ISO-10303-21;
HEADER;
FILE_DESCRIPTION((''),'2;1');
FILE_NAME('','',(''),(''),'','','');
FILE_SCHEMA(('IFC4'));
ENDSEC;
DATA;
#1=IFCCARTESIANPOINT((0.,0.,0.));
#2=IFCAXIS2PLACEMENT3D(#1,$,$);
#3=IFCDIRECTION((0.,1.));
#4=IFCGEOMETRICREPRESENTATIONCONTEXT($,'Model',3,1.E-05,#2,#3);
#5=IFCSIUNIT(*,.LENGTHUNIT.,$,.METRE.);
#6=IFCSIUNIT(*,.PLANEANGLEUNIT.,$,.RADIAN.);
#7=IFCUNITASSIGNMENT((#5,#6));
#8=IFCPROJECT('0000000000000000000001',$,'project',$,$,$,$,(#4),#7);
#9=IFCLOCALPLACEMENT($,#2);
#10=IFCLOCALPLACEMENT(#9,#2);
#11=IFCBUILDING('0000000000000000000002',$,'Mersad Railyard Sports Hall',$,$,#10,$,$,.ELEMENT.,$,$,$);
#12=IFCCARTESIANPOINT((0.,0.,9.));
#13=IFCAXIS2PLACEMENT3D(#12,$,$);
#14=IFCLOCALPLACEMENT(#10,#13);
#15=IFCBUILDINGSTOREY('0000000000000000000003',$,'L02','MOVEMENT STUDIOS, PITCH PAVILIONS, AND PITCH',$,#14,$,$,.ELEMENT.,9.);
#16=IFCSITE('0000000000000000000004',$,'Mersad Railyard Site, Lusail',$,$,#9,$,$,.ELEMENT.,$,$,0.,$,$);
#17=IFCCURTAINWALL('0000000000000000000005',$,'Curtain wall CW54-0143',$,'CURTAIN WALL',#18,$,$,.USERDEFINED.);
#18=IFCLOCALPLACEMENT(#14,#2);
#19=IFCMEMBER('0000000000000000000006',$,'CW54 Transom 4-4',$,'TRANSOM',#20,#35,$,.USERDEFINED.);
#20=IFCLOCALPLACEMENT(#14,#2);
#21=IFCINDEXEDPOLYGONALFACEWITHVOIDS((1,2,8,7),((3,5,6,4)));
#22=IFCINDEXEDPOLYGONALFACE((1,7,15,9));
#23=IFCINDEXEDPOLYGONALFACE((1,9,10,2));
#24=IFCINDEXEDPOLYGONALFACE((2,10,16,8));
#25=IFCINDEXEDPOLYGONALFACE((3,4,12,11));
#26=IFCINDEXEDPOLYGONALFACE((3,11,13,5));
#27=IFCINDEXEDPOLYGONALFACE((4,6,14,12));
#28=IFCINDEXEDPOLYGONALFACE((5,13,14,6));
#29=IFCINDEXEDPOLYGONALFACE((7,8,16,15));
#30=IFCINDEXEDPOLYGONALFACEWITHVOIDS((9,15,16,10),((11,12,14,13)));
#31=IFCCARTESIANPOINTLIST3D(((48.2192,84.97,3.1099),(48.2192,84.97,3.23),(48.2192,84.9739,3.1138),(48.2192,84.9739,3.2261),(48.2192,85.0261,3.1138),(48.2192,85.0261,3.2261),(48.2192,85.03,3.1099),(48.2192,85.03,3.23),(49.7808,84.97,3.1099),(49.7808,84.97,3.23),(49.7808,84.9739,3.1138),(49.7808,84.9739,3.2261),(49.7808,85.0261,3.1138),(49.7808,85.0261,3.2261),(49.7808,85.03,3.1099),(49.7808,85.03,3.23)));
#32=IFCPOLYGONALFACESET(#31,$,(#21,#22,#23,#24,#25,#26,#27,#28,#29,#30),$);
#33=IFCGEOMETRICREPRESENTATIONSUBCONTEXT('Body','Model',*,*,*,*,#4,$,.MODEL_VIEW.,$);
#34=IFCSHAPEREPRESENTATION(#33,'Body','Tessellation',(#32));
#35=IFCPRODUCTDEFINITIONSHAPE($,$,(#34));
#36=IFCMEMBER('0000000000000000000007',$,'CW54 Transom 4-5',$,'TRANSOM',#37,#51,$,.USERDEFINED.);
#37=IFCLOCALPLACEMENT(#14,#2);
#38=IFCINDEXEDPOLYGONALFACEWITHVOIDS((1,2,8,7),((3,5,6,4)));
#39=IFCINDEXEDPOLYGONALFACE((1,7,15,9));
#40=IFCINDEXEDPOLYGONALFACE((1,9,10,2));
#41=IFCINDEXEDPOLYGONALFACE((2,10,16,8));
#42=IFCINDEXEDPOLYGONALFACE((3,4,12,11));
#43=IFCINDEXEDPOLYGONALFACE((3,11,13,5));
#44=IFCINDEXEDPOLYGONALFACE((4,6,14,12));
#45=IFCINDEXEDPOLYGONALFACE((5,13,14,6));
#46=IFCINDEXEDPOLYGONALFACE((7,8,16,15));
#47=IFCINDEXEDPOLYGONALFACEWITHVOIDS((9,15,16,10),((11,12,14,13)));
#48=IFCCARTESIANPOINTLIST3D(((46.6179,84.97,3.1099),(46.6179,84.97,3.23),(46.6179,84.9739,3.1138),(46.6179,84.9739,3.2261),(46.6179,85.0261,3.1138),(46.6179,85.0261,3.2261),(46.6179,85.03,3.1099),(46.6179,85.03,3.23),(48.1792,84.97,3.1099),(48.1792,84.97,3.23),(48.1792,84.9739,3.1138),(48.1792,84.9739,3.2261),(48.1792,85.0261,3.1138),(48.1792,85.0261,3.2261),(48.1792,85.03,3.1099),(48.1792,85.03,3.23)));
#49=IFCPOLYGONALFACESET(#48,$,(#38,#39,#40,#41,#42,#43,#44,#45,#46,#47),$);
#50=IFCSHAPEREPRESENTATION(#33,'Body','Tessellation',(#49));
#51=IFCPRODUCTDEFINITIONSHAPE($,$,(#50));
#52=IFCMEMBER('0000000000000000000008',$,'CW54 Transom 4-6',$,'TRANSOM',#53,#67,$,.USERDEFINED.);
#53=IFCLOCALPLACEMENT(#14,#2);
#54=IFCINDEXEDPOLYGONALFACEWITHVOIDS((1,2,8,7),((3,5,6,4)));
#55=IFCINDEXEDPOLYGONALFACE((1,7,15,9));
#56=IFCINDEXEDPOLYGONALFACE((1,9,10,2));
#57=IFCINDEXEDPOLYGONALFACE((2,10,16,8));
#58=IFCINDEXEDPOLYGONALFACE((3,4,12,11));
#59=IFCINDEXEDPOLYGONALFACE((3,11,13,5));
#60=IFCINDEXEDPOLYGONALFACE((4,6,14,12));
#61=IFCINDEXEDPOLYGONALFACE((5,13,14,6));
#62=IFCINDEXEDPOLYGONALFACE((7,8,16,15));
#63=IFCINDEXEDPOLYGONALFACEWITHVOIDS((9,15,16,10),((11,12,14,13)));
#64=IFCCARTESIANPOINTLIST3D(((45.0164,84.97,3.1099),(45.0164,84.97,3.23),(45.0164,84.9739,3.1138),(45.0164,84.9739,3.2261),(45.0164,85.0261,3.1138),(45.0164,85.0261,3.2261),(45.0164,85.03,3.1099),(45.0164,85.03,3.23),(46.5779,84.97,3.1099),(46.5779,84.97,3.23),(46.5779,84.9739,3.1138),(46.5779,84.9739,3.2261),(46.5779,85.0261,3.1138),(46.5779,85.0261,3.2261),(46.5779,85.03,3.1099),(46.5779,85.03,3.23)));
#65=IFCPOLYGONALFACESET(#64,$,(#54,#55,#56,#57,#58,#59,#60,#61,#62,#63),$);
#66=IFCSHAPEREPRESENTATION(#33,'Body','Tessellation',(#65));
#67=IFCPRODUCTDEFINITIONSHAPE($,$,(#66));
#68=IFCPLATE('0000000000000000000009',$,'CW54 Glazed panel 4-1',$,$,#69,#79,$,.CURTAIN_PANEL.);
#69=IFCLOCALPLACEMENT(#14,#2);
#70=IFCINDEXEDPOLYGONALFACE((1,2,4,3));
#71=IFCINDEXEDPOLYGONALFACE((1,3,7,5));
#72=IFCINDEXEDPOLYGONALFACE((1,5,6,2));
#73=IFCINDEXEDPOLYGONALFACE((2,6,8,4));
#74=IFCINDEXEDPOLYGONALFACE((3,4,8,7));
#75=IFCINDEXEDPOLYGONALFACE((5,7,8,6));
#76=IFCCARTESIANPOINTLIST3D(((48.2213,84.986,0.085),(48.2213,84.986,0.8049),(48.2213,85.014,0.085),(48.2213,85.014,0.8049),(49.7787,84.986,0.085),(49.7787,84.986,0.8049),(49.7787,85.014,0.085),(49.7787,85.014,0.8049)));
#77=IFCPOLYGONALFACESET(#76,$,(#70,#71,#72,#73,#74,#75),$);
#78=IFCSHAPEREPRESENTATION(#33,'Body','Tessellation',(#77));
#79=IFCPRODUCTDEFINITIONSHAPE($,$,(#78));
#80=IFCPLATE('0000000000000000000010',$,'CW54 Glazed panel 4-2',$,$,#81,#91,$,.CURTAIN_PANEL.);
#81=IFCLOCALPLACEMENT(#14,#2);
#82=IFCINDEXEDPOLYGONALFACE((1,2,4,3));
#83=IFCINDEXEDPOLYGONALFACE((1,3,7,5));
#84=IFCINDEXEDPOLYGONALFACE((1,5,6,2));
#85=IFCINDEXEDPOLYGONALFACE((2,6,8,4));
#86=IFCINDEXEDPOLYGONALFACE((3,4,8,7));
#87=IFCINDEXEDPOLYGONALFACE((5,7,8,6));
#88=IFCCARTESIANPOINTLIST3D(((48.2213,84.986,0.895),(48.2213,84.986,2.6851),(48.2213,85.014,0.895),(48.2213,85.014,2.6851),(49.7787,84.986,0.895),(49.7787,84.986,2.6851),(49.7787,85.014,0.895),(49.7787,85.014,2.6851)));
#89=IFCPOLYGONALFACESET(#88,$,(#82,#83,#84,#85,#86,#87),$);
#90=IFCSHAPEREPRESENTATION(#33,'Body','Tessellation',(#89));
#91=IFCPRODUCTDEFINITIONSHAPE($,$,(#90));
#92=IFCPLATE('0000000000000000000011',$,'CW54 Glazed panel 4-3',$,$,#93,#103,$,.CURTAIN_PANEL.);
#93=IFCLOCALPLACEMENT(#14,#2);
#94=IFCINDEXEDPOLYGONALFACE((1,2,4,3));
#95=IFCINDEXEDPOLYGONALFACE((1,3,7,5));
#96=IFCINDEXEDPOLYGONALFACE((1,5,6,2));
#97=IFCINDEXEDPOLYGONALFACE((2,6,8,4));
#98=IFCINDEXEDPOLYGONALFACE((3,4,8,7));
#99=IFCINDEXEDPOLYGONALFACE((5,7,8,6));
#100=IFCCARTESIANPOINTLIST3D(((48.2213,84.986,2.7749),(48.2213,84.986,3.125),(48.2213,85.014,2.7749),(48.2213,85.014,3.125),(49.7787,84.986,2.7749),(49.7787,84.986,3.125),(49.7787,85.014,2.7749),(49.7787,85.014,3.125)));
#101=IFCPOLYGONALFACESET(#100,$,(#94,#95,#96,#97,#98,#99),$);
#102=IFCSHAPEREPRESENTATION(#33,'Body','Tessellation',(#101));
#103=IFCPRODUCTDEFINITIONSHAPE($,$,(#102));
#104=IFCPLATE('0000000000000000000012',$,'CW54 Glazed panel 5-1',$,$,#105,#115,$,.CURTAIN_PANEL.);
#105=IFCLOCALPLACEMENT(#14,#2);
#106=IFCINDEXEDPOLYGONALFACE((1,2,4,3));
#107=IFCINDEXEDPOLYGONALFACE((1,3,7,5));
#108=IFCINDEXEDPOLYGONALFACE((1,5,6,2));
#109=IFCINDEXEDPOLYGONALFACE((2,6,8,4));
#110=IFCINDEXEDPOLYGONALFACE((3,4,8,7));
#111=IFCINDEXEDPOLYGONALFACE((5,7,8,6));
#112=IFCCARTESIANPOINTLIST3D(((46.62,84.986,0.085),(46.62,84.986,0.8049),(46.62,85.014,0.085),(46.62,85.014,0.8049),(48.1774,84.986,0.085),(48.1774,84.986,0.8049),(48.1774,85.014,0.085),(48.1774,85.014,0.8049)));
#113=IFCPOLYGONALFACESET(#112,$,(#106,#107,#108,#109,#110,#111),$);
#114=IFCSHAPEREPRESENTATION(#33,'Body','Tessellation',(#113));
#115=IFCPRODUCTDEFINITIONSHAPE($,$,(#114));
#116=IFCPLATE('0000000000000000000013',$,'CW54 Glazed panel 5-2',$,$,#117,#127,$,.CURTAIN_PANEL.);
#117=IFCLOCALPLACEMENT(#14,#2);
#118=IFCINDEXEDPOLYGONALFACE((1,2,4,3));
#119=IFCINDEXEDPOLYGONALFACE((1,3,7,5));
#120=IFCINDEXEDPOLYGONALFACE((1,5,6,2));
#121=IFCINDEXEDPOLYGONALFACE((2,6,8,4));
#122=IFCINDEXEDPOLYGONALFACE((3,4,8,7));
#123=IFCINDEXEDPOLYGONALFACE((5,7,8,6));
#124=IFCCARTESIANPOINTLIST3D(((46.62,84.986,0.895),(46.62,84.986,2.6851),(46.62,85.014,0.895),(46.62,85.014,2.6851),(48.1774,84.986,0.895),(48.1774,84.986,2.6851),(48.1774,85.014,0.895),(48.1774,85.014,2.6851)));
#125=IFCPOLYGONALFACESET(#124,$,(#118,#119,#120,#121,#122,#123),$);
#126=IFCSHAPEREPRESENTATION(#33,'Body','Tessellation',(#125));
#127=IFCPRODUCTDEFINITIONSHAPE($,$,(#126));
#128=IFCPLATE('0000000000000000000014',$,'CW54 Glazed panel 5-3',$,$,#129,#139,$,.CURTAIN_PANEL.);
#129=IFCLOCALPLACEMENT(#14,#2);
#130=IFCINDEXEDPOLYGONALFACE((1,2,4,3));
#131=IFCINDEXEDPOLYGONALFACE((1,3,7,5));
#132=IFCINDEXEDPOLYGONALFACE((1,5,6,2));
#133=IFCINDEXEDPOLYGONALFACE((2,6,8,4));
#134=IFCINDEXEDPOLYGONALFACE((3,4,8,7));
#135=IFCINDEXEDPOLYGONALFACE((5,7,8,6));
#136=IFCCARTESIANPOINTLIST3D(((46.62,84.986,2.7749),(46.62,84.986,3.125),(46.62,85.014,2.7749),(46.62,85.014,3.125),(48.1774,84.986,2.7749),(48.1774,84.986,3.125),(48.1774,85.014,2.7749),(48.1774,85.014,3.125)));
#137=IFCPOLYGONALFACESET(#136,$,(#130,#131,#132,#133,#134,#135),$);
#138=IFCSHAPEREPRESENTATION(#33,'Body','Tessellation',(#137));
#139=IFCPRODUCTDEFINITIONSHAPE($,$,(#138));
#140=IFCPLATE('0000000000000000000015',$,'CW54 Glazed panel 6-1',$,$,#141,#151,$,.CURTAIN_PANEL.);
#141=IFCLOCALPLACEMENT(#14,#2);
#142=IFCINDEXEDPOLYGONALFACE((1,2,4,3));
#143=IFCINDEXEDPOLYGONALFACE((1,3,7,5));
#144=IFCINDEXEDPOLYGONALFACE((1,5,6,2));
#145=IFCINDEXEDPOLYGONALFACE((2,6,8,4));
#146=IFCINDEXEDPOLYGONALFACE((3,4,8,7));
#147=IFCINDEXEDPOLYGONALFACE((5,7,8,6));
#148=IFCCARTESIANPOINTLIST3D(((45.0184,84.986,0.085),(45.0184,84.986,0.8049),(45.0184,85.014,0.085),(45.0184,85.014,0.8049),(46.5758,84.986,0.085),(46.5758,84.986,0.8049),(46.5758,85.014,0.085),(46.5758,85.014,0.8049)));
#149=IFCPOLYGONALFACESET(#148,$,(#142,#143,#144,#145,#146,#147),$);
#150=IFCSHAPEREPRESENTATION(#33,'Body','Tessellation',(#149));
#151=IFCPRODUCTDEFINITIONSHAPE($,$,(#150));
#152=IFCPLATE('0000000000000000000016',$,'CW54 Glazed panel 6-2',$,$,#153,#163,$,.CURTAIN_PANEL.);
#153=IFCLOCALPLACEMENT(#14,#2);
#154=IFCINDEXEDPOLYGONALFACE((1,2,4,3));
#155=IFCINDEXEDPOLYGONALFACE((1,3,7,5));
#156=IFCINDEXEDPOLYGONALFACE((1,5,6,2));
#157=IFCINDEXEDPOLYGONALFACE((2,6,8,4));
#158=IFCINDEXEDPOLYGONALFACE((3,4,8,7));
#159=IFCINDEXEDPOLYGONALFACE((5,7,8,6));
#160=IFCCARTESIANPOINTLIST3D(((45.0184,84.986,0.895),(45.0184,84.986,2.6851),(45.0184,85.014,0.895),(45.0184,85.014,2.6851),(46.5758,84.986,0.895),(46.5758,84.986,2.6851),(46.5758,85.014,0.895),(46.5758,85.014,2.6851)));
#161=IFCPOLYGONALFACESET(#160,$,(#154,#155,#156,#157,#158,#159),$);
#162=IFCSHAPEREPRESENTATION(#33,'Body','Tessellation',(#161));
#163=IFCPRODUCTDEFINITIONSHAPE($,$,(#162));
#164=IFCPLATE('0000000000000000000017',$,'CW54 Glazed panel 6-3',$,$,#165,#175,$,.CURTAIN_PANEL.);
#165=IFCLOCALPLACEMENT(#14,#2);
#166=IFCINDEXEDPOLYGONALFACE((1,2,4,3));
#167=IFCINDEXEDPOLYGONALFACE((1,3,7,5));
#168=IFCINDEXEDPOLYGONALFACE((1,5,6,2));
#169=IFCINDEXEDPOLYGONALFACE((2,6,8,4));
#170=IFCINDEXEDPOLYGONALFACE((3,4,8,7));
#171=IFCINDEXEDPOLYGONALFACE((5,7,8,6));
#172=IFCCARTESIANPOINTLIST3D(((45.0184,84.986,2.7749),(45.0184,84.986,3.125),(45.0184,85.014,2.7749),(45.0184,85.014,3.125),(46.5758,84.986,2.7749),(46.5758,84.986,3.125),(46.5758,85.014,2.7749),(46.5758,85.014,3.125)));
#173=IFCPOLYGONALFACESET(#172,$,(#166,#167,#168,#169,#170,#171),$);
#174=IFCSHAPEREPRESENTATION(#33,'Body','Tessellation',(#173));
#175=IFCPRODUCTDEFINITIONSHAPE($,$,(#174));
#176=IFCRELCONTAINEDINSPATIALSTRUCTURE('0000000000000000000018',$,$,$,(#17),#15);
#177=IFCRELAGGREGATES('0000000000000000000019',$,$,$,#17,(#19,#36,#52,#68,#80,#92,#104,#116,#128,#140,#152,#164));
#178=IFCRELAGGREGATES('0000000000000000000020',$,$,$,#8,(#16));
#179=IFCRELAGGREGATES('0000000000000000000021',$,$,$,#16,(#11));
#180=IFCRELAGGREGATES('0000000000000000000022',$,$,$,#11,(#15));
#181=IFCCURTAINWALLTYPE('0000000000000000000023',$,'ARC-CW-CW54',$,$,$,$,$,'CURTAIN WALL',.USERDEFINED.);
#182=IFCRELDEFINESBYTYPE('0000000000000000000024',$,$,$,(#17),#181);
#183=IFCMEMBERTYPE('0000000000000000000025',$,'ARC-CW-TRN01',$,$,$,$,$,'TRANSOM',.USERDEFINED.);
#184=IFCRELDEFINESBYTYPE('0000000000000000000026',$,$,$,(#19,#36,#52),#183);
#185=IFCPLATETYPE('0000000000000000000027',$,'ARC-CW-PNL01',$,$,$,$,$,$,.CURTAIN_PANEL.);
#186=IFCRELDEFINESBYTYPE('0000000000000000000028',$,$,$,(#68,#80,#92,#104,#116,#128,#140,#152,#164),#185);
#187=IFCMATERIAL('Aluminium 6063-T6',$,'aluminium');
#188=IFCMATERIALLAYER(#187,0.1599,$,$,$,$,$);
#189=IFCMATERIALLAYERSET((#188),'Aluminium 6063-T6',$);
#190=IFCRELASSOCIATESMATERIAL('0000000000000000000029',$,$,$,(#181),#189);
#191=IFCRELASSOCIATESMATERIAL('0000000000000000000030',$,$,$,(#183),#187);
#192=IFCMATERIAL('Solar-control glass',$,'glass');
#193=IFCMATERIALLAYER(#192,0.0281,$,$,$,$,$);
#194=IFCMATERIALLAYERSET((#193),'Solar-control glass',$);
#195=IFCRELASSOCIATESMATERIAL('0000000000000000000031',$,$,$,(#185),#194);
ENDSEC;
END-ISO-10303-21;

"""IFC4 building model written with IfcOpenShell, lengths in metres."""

from ifc_helpers import new_model, si_unit, direction, frame, origin, origin_2d, place, context, subcontext, project, spatial, rectangle, hollow_rectangle, extrude, material, layer, layer_set, material_profile, profile_set, type_object, element, aggregate, save


model = new_model("IFC4")

# Units and contexts
model_context = context("Model", 3, precision=1e-05, world=origin(), true_north=direction((0.0, 1.0)))
body_context = subcontext(model_context, "Body", "Model", "MODEL_VIEW")
ifc_project = project(units=[si_unit("LENGTHUNIT", "METRE"), si_unit("PLANEANGLEUNIT", "RADIAN")], contexts=[model_context])

# Site, building, storey
site_placement = place(None, origin())
site = spatial("IfcSite", under=ifc_project, at=site_placement, Name="Mersad Railyard Site, Lusail", CompositionType="ELEMENT", RefElevation=0.0)
building_placement = place(site_placement, origin())
building = spatial("IfcBuilding", under=site, at=building_placement, Name="Mersad Railyard Sports Hall", CompositionType="ELEMENT")
storey_placement = place(building_placement, frame((0.0, 0.0, 9.0)))
storey = spatial("IfcBuildingStorey", under=building, at=storey_placement, Name="L02", Description="MOVEMENT STUDIOS, PITCH PAVILIONS, AND PITCH", CompositionType="ELEMENT", Elevation=9.0)

# Curtain wall, members, plates
ifc_material_1 = material(Name="Aluminium 6063-T6", Category="aluminium")
ifc_layer_1 = layer(ifc_material_1, 0.1599)
ifc_layer_set_1 = layer_set([ifc_layer_1], Name="Aluminium 6063-T6")
curtain_wall_type = type_object("IfcCurtainWallType", Name="ARC-CW-CW54", ElementType="CURTAIN WALL", PredefinedType="USERDEFINED", material=ifc_layer_set_1)
curtain_wall_placement = place(storey_placement, origin())
curtain_wall = element("IfcCurtainWall", 1, at=curtain_wall_placement, inside=storey, type_object=curtain_wall_type, Name="Curtain wall CW54-0143", ObjectType="CURTAIN WALL", PredefinedType="USERDEFINED")
ifc_material_profile_1 = material_profile(ifc_material_1, hollow_rectangle(XDim=0.0601, YDim=0.1201, WallThickness=0.0039, at=origin_2d()), Name="AL TRANSOM 60x120x4")
ifc_profile_set_1 = profile_set([ifc_material_profile_1], Name="Aluminium 6063-T6")
member_type_1 = type_object("IfcMemberType", Name="ARC-CW-TRN01", ElementType="TRANSOM", PredefinedType="USERDEFINED", material=ifc_profile_set_1)
member_1_placement = place(storey_placement, frame((49.7808, 85.0, 3.1699), z_axis=(-1.0, 0.0, 0.0), x_axis=(0.0, -1.0, 0.0)))
member_1 = element("IfcMember", 2, at=member_1_placement, type_object=member_type_1, Name="CW54 Transom 4-4", ObjectType="TRANSOM", PredefinedType="USERDEFINED", context=body_context, shape_type="SweptSolid", body=[
    extrude(hollow_rectangle(XDim=0.0601, YDim=0.1201, WallThickness=0.0039, at=origin_2d()), origin(), (0.0, 0.0, 1.0), 1.5615),
])
member_2_placement = place(storey_placement, frame((48.1792, 85.0, 3.1699), z_axis=(-1.0, 0.0, 0.0), x_axis=(0.0, -1.0, 0.0)))
member_2 = element("IfcMember", 3, at=member_2_placement, type_object=member_type_1, Name="CW54 Transom 4-5", ObjectType="TRANSOM", PredefinedType="USERDEFINED", context=body_context, shape_type="SweptSolid", body=[
    extrude(hollow_rectangle(XDim=0.0601, YDim=0.1201, WallThickness=0.0039, at=origin_2d()), origin(), (0.0, 0.0, 1.0), 1.5613),
])
member_3_placement = place(storey_placement, frame((46.5779, 85.0, 3.1699), z_axis=(-1.0, 0.0, 0.0), x_axis=(0.0, -1.0, 0.0)))
member_3 = element("IfcMember", 4, at=member_3_placement, type_object=member_type_1, Name="CW54 Transom 4-6", ObjectType="TRANSOM", PredefinedType="USERDEFINED", context=body_context, shape_type="SweptSolid", body=[
    extrude(hollow_rectangle(XDim=0.0601, YDim=0.1201, WallThickness=0.0039, at=origin_2d()), origin(), (0.0, 0.0, 1.0), 1.5615),
])
ifc_material_2 = material(Name="Solar-control glass", Category="glass")
ifc_layer_2 = layer(ifc_material_2, 0.0281)
ifc_layer_set_2 = layer_set([ifc_layer_2], Name="Solar-control glass")
plate_type = type_object("IfcPlateType", Name="ARC-CW-PNL01", PredefinedType="CURTAIN_PANEL", material=ifc_layer_set_2)
plate_1_placement = place(storey_placement, frame((49.0, 85.0, 0.085), z_axis=(0.0, 0.0, 1.0), x_axis=(-1.0, 0.0, 0.0)))
plate_1 = element("IfcPlate", 5, at=plate_1_placement, type_object=plate_type, Name="CW54 Glazed panel 4-1", PredefinedType="CURTAIN_PANEL", context=body_context, shape_type="SweptSolid", body=[
    extrude(rectangle(XDim=1.5574, YDim=0.0281, at=origin_2d()), origin(), (0.0, 0.0, 1.0), 0.72),
])
plate_2_placement = place(storey_placement, frame((49.0, 85.0, 0.895), z_axis=(0.0, 0.0, 1.0), x_axis=(-1.0, 0.0, 0.0)))
plate_2 = element("IfcPlate", 6, at=plate_2_placement, type_object=plate_type, Name="CW54 Glazed panel 4-2", PredefinedType="CURTAIN_PANEL", context=body_context, shape_type="SweptSolid", body=[
    extrude(rectangle(XDim=1.5574, YDim=0.0281, at=origin_2d()), origin(), (0.0, 0.0, 1.0), 1.79),
])
plate_3_placement = place(storey_placement, frame((49.0, 85.0, 2.7749), z_axis=(0.0, 0.0, 1.0), x_axis=(-1.0, 0.0, 0.0)))
plate_3 = element("IfcPlate", 7, at=plate_3_placement, type_object=plate_type, Name="CW54 Glazed panel 4-3", PredefinedType="CURTAIN_PANEL", context=body_context, shape_type="SweptSolid", body=[
    extrude(rectangle(XDim=1.5574, YDim=0.0281, at=origin_2d()), origin(), (0.0, 0.0, 1.0), 0.3501),
])
plate_4_placement = place(storey_placement, frame((47.3987, 85.0, 0.085), z_axis=(0.0, 0.0, 1.0), x_axis=(-1.0, 0.0, 0.0)))
plate_4 = element("IfcPlate", 8, at=plate_4_placement, type_object=plate_type, Name="CW54 Glazed panel 5-1", PredefinedType="CURTAIN_PANEL", context=body_context, shape_type="SweptSolid", body=[
    extrude(rectangle(XDim=1.5574, YDim=0.0281, at=origin_2d()), origin(), (0.0, 0.0, 1.0), 0.72),
])
plate_5_placement = place(storey_placement, frame((47.3987, 85.0, 0.895), z_axis=(0.0, 0.0, 1.0), x_axis=(-1.0, 0.0, 0.0)))
plate_5 = element("IfcPlate", 9, at=plate_5_placement, type_object=plate_type, Name="CW54 Glazed panel 5-2", PredefinedType="CURTAIN_PANEL", context=body_context, shape_type="SweptSolid", body=[
    extrude(rectangle(XDim=1.5574, YDim=0.0281, at=origin_2d()), origin(), (0.0, 0.0, 1.0), 1.79),
])
plate_6_placement = place(storey_placement, frame((47.3987, 85.0, 2.7749), z_axis=(0.0, 0.0, 1.0), x_axis=(-1.0, 0.0, 0.0)))
plate_6 = element("IfcPlate", 10, at=plate_6_placement, type_object=plate_type, Name="CW54 Glazed panel 5-3", PredefinedType="CURTAIN_PANEL", context=body_context, shape_type="SweptSolid", body=[
    extrude(rectangle(XDim=1.5574, YDim=0.0281, at=origin_2d()), origin(), (0.0, 0.0, 1.0), 0.3501),
])
plate_7_placement = place(storey_placement, frame((45.7971, 85.0, 0.085), z_axis=(0.0, 0.0, 1.0), x_axis=(-1.0, 0.0, 0.0)))
plate_7 = element("IfcPlate", 11, at=plate_7_placement, type_object=plate_type, Name="CW54 Glazed panel 6-1", PredefinedType="CURTAIN_PANEL", context=body_context, shape_type="SweptSolid", body=[
    extrude(rectangle(XDim=1.5574, YDim=0.0281, at=origin_2d()), origin(), (0.0, 0.0, 1.0), 0.72),
])
plate_8_placement = place(storey_placement, frame((45.7971, 85.0, 0.895), z_axis=(0.0, 0.0, 1.0), x_axis=(-1.0, 0.0, 0.0)))
plate_8 = element("IfcPlate", 12, at=plate_8_placement, type_object=plate_type, Name="CW54 Glazed panel 6-2", PredefinedType="CURTAIN_PANEL", context=body_context, shape_type="SweptSolid", body=[
    extrude(rectangle(XDim=1.5574, YDim=0.0281, at=origin_2d()), origin(), (0.0, 0.0, 1.0), 1.79),
])
plate_9_placement = place(storey_placement, frame((45.7971, 85.0, 2.7749), z_axis=(0.0, 0.0, 1.0), x_axis=(-1.0, 0.0, 0.0)))
plate_9 = element("IfcPlate", 13, at=plate_9_placement, type_object=plate_type, Name="CW54 Glazed panel 6-3", PredefinedType="CURTAIN_PANEL", context=body_context, shape_type="SweptSolid", body=[
    extrude(rectangle(XDim=1.5574, YDim=0.0281, at=origin_2d()), origin(), (0.0, 0.0, 1.0), 0.3501),
])
aggregate(curtain_wall, [member_1, member_2, member_3, plate_1, plate_2, plate_3, plate_4, plate_5, plate_6, plate_7, plate_8, plate_9])

save(model, "model.ifc")
